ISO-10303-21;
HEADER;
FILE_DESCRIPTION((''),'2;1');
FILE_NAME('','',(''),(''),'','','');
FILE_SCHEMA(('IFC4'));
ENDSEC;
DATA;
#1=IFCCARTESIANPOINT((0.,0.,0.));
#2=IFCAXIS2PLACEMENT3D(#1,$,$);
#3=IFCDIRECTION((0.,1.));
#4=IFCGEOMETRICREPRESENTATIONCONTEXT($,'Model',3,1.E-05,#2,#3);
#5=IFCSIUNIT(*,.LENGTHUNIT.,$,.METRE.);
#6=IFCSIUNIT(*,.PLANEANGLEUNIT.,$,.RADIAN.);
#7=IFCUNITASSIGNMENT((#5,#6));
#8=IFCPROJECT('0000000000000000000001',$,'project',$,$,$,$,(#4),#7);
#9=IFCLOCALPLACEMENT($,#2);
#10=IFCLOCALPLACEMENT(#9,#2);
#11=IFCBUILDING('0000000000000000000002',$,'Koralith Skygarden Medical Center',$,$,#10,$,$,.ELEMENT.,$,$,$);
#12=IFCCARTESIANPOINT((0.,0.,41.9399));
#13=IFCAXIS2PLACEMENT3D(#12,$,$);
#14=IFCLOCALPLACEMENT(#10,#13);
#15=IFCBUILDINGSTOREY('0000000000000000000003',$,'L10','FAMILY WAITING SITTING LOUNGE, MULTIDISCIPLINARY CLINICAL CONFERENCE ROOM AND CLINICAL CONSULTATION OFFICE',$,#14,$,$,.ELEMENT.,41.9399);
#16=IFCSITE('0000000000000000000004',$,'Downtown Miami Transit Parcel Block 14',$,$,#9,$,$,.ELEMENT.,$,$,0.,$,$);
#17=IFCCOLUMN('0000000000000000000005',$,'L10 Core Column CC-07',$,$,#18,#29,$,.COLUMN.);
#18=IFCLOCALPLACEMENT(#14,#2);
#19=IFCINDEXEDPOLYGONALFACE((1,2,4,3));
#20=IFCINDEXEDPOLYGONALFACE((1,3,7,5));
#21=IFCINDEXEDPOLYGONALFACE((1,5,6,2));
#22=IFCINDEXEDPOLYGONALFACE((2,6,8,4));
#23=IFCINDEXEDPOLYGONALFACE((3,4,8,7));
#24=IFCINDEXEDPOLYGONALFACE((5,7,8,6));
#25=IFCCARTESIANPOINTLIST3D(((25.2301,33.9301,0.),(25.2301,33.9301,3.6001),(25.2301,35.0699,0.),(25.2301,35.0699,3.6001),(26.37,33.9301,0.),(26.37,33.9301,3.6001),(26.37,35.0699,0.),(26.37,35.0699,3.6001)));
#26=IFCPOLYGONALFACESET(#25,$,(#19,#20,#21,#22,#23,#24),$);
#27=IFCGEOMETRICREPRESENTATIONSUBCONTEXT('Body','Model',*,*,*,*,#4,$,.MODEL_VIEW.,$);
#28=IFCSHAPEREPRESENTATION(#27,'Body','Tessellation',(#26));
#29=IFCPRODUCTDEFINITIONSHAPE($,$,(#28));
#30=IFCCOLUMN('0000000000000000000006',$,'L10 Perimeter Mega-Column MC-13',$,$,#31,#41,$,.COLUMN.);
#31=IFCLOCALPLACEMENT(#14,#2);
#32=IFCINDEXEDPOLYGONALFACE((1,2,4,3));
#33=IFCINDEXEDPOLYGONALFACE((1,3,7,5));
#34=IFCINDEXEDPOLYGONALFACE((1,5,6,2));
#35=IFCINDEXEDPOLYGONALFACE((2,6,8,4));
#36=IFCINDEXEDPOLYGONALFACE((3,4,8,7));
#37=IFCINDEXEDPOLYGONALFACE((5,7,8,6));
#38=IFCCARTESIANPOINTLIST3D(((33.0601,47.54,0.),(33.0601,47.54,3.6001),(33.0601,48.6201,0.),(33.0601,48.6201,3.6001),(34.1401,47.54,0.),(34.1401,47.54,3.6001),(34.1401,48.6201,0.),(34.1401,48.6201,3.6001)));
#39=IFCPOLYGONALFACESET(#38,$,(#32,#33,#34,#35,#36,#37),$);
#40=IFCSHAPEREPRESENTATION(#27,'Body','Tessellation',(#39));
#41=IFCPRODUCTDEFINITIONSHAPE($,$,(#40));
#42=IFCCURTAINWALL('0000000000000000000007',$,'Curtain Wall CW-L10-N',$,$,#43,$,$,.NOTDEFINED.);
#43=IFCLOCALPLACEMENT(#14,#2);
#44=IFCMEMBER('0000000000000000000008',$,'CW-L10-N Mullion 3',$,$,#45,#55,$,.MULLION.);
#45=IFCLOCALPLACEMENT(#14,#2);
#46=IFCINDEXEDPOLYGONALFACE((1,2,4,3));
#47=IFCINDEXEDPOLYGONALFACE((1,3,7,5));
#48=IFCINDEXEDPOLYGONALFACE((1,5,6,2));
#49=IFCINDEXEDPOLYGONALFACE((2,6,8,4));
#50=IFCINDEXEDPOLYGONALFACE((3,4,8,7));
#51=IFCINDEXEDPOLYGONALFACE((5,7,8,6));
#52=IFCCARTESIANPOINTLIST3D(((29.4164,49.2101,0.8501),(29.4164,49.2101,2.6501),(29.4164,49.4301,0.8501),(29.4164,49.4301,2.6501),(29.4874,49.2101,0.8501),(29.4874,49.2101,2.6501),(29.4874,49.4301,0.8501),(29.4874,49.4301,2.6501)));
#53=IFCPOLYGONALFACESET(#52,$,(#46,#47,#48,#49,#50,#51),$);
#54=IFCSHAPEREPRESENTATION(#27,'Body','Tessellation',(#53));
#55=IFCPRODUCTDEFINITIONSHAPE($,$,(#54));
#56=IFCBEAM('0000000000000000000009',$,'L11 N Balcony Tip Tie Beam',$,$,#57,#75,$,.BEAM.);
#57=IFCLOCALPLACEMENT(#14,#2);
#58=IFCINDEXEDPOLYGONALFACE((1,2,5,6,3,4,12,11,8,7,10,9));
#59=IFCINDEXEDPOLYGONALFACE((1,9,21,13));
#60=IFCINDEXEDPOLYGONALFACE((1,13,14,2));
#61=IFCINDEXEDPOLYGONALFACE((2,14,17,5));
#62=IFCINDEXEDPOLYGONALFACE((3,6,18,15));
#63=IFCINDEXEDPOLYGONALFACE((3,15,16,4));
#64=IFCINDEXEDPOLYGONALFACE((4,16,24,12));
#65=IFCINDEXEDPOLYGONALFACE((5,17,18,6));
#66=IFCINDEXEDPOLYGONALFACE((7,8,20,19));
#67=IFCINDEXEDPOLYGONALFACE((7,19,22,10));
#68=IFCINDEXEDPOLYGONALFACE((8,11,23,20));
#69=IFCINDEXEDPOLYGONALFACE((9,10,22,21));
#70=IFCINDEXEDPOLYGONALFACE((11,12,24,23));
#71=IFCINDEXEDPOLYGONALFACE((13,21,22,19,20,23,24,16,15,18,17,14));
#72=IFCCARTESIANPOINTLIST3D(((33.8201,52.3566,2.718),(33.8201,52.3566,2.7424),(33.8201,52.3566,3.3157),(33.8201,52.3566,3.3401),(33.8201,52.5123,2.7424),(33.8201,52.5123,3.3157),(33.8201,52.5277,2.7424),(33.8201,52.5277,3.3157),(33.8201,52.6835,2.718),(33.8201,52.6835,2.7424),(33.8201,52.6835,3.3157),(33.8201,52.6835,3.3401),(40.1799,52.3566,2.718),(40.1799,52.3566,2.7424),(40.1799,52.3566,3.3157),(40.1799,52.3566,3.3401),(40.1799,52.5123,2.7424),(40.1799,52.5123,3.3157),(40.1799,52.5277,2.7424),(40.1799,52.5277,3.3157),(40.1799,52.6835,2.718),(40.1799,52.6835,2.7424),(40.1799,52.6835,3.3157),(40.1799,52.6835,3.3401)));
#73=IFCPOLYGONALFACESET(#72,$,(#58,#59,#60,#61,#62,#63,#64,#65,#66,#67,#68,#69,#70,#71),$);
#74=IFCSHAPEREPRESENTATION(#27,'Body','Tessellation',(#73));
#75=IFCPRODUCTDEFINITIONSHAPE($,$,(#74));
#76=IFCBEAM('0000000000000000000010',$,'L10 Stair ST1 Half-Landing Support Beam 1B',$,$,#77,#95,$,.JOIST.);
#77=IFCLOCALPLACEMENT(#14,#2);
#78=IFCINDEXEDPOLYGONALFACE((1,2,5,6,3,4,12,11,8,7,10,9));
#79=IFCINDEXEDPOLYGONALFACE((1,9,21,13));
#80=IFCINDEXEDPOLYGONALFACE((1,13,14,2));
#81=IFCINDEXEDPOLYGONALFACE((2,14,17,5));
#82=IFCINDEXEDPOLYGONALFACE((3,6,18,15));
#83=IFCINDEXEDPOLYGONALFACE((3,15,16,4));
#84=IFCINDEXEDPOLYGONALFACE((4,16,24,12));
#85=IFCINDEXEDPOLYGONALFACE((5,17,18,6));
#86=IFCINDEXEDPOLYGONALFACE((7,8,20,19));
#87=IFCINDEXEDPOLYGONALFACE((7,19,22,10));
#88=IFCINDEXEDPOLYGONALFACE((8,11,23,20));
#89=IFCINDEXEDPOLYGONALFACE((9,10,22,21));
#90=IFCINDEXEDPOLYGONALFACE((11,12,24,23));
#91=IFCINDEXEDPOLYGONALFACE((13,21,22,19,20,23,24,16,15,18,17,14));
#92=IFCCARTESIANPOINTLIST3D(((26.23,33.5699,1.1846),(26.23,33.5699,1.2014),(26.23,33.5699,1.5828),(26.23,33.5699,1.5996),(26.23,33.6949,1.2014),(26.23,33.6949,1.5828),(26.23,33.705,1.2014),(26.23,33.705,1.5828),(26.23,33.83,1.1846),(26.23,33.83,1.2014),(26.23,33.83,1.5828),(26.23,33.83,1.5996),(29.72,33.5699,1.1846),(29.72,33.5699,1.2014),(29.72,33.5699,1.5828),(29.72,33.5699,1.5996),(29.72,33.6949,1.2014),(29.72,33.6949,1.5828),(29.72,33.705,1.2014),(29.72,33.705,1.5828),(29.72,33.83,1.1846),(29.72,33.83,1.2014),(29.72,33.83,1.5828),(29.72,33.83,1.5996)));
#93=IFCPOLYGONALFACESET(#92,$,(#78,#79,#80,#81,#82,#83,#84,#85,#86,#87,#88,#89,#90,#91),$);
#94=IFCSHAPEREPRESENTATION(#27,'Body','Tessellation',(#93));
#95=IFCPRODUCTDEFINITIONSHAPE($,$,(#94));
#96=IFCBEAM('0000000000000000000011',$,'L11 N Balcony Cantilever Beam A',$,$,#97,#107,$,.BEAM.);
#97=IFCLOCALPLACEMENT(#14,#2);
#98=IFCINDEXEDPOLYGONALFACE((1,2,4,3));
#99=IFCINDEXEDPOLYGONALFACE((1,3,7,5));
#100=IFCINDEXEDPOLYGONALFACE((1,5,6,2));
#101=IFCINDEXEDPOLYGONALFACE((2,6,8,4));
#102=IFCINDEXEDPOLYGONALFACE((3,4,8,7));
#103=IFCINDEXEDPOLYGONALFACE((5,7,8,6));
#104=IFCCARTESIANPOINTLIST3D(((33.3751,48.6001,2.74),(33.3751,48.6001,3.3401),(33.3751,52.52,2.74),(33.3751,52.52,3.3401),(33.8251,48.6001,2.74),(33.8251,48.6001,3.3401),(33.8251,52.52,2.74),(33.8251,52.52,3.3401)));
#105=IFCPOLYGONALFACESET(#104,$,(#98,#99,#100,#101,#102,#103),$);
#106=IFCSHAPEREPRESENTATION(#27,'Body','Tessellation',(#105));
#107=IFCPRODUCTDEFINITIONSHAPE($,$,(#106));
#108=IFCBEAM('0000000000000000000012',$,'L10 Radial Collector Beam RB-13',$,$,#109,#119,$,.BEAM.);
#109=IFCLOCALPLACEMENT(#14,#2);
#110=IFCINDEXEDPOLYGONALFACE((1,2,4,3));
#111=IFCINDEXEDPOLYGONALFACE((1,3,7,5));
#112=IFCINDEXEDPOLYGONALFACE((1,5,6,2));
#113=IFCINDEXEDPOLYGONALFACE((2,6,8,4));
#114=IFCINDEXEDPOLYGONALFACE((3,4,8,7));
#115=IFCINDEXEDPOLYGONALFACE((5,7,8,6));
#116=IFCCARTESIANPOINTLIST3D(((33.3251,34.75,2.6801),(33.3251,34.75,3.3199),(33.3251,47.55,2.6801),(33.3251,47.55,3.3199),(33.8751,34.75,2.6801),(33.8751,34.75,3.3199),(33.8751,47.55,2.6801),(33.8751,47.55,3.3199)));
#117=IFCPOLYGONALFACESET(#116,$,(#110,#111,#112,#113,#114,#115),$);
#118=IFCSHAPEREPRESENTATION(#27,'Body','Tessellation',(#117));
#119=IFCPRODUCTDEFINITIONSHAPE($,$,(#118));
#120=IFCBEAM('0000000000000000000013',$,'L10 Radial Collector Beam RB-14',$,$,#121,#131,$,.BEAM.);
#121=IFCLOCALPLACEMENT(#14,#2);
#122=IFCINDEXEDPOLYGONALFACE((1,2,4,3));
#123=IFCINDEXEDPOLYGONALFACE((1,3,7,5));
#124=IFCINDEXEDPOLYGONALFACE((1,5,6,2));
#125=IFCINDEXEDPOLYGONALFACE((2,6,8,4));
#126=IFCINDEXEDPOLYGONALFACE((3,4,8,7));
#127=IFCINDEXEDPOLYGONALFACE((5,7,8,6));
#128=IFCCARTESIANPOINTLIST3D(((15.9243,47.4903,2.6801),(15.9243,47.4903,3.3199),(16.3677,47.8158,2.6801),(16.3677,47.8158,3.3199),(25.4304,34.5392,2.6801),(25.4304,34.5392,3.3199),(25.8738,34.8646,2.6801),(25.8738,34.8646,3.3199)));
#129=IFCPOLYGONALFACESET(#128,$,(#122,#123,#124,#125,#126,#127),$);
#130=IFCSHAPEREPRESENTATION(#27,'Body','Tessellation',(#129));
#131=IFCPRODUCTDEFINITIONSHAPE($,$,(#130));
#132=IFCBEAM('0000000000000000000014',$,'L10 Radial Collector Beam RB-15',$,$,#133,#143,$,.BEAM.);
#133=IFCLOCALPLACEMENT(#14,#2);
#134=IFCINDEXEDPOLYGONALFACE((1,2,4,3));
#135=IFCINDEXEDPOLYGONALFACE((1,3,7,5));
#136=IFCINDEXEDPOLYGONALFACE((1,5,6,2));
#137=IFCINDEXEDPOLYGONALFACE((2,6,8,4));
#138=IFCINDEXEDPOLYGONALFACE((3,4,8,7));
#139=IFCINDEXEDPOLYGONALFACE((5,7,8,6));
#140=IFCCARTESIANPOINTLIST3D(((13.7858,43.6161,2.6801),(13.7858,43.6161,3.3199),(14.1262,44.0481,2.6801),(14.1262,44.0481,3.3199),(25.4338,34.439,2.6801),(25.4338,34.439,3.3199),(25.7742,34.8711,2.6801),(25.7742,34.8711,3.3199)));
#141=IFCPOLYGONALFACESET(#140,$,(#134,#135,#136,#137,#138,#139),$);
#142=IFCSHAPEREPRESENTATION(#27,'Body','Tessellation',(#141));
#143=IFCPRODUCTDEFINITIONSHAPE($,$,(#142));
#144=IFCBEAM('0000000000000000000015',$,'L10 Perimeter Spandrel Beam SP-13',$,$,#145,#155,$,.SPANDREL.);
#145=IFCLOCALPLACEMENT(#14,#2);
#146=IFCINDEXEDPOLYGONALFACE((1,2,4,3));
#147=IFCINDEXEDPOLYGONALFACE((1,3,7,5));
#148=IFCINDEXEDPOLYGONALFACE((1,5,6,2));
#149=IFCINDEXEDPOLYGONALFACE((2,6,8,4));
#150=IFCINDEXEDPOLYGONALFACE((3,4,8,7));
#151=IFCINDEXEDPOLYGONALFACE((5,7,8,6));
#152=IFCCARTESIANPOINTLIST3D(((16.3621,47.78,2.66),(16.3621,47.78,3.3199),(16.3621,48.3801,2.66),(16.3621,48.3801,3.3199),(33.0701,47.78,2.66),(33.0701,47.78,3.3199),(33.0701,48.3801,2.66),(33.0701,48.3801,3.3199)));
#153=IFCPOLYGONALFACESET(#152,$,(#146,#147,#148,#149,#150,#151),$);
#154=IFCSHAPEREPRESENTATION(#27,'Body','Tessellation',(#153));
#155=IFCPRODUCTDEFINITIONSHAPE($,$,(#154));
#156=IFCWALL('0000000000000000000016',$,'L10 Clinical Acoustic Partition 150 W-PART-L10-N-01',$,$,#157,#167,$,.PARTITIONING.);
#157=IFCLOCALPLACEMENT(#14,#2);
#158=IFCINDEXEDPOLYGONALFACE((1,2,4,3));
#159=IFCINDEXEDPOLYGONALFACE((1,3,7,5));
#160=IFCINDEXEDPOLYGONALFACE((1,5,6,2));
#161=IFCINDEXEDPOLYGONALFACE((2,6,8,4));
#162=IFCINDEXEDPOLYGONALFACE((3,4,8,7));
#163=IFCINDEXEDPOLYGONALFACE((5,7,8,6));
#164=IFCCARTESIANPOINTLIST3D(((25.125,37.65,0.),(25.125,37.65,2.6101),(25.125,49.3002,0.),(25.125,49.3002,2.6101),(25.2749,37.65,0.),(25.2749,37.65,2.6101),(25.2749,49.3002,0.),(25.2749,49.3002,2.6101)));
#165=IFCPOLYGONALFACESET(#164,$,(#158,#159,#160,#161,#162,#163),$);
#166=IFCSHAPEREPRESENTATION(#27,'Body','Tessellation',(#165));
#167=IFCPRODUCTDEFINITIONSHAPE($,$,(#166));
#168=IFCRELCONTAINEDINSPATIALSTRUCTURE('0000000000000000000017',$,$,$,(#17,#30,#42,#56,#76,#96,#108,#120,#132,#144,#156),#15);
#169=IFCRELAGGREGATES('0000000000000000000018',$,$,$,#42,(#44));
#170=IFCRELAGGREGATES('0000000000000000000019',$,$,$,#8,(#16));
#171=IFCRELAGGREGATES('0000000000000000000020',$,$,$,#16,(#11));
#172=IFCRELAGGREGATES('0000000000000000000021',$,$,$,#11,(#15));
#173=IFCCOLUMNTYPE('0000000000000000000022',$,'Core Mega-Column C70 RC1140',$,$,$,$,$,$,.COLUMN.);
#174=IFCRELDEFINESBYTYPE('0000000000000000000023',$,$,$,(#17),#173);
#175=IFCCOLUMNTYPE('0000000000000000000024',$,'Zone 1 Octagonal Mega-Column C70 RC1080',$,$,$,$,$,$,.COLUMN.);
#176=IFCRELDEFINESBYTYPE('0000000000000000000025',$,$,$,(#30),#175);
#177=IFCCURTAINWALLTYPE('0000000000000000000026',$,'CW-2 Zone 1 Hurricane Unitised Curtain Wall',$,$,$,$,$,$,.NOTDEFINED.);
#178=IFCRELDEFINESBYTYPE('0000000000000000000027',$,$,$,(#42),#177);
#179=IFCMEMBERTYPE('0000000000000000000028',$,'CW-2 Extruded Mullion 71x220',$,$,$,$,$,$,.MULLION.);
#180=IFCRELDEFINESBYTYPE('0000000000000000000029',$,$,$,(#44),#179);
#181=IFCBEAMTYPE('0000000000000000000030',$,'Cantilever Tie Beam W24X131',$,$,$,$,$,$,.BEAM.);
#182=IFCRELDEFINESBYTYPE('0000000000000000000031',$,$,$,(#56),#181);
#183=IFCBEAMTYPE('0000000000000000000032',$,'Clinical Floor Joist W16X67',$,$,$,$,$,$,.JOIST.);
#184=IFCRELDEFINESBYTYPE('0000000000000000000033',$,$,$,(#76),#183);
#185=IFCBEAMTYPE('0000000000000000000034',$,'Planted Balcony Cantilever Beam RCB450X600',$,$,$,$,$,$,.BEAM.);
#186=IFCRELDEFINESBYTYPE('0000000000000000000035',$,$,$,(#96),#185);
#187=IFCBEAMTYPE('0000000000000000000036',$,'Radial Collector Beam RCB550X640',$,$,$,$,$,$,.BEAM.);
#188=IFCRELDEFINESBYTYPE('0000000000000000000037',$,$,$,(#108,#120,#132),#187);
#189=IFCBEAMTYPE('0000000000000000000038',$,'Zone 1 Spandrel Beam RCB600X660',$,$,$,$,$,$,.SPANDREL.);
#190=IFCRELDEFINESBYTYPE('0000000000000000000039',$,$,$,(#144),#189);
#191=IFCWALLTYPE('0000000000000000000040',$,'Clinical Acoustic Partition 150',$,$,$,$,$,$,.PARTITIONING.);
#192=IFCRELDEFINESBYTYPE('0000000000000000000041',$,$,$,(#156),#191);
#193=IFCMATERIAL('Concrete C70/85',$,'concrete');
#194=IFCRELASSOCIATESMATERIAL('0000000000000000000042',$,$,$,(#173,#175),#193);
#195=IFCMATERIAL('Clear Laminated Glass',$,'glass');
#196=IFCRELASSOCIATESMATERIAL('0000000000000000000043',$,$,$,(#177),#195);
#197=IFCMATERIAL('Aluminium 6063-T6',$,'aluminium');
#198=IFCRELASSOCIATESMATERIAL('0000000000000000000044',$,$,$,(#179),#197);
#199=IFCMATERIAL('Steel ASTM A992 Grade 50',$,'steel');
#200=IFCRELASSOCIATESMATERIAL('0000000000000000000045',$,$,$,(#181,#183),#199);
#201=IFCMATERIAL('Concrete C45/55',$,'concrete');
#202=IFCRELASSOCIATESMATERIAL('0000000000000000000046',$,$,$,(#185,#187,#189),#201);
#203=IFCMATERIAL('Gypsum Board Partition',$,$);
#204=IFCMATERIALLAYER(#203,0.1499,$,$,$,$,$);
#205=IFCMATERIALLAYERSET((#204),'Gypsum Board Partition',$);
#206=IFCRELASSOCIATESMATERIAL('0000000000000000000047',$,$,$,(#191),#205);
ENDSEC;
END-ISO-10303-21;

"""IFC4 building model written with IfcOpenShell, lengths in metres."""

from ifc_helpers import new_model, si_unit, direction, frame, frame_2d, origin, origin_2d, place, context, subcontext, project, spatial, rectangle, i_section, extrude, material, layer, layer_set, material_profile, profile_set, type_object, element, aggregate, save


model = new_model("IFC4")

# Units and contexts
model_context = context("Model", 3, precision=1e-05, world=origin(), true_north=direction((0.0, 1.0)))
body_context = subcontext(model_context, "Body", "Model", "MODEL_VIEW")
ifc_project = project(units=[si_unit("LENGTHUNIT", "METRE"), si_unit("PLANEANGLEUNIT", "RADIAN")], contexts=[model_context])

# Site, building, storey
site_placement = place(None, origin())
site = spatial("IfcSite", under=ifc_project, at=site_placement, Name="Downtown Miami Transit Parcel Block 14", CompositionType="ELEMENT", RefElevation=0.0)
building_placement = place(site_placement, origin())
building = spatial("IfcBuilding", under=site, at=building_placement, Name="Koralith Skygarden Medical Center", CompositionType="ELEMENT")
storey_placement = place(building_placement, frame((0.0, 0.0, 41.9399)))
storey = spatial("IfcBuildingStorey", under=building, at=storey_placement, Name="L10", Description="FAMILY WAITING SITTING LOUNGE, MULTIDISCIPLINARY CLINICAL CONFERENCE ROOM AND CLINICAL CONSULTATION OFFICE", CompositionType="ELEMENT", Elevation=41.9399)

# Columns
ifc_material_1 = material(Name="Concrete C70/85", Category="concrete")
ifc_material_profile_1 = material_profile(ifc_material_1, rectangle(XDim=1.1399, YDim=1.1399, at=origin_2d()), Name="RC1140X1140")
ifc_profile_set_1 = profile_set([ifc_material_profile_1], Name="Concrete C70/85")
column_type_1 = type_object("IfcColumnType", Name="Core Mega-Column C70 RC1140", PredefinedType="COLUMN", material=ifc_profile_set_1)
column_1_placement = place(storey_placement, frame((25.8, 34.5, 0.0), z_axis=(0.0, 0.0, 1.0), x_axis=(1.0, 0.0, 0.0)))
element("IfcColumn", 1, at=column_1_placement, inside=storey, type_object=column_type_1, Name="L10 Core Column CC-07", PredefinedType="COLUMN", context=body_context, shape_type="SweptSolid", body=[
    extrude(rectangle(XDim=1.1399, YDim=1.1399, at=origin_2d()), origin(), (0.0, 0.0, 1.0), 3.6001),
])
ifc_material_profile_2 = material_profile(ifc_material_1, rectangle(XDim=1.0801, YDim=1.0801, at=origin_2d()), Name="RC1080X1080")
ifc_profile_set_2 = profile_set([ifc_material_profile_2], Name="Concrete C70/85")
column_type_2 = type_object("IfcColumnType", Name="Zone 1 Octagonal Mega-Column C70 RC1080", PredefinedType="COLUMN", material=ifc_profile_set_2)
column_2_placement = place(storey_placement, frame((33.6001, 48.0801, 0.0), z_axis=(0.0, 0.0, 1.0), x_axis=(1.0, 0.0, 0.0)))
element("IfcColumn", 2, at=column_2_placement, inside=storey, type_object=column_type_2, Name="L10 Perimeter Mega-Column MC-13", PredefinedType="COLUMN", context=body_context, shape_type="SweptSolid", body=[
    extrude(rectangle(XDim=1.0801, YDim=1.0801, at=origin_2d()), origin(), (0.0, 0.0, 1.0), 3.6001),
])

# Curtain wall, member
ifc_material_2 = material(Name="Clear Laminated Glass", Category="glass")
curtain_wall_type = type_object("IfcCurtainWallType", Name="CW-2 Zone 1 Hurricane Unitised Curtain Wall", PredefinedType="NOTDEFINED", material=ifc_material_2)
curtain_wall_placement = place(storey_placement, origin())
curtain_wall = element("IfcCurtainWall", 3, at=curtain_wall_placement, inside=storey, type_object=curtain_wall_type, Name="Curtain Wall CW-L10-N", PredefinedType="NOTDEFINED")
ifc_material_3 = material(Name="Aluminium 6063-T6", Category="aluminium")
ifc_material_profile_3 = material_profile(ifc_material_3, rectangle(XDim=0.071, YDim=0.22, at=origin_2d()), Name="MUL71X220")
ifc_profile_set_3 = profile_set([ifc_material_profile_3], Name="Aluminium 6063-T6")
member_type = type_object("IfcMemberType", Name="CW-2 Extruded Mullion 71x220", PredefinedType="MULLION", material=ifc_profile_set_3)
member_placement = place(storey_placement, frame((29.4519, 49.3201, 0.8501), z_axis=(0.0, 0.0, 1.0), x_axis=(1.0, 0.0, 0.0)))
member = element("IfcMember", 4, at=member_placement, type_object=member_type, Name="CW-L10-N Mullion 3", PredefinedType="MULLION", context=body_context, shape_type="SweptSolid", body=[
    extrude(rectangle(XDim=0.071, YDim=0.22, at=origin_2d()), origin(), (0.0, 0.0, 1.0), 1.8),
])
aggregate(curtain_wall, [member])

# Beams
ifc_material_4 = material(Name="Steel ASTM A992 Grade 50", Category="steel")
ifc_material_profile_4 = material_profile(ifc_material_4, i_section(OverallWidth=0.3269, OverallDepth=0.6221, WebThickness=0.0154, FlangeThickness=0.0244, at=origin_2d()), Name="W24X131")
ifc_profile_set_4 = profile_set([ifc_material_profile_4], Name="Steel ASTM A992 Grade 50")
beam_type_1 = type_object("IfcBeamType", Name="Cantilever Tie Beam W24X131", PredefinedType="BEAM", material=ifc_profile_set_4)
beam_1_placement = place(storey_placement, frame((33.8201, 52.52, 3.0291), z_axis=(1.0, 0.0, 0.0), x_axis=(0.0, 1.0, 0.0)))
element("IfcBeam", 5, at=beam_1_placement, inside=storey, type_object=beam_type_1, Name="L11 N Balcony Tip Tie Beam", PredefinedType="BEAM", context=body_context, shape_type="SweptSolid", body=[
    extrude(i_section(OverallWidth=0.3269, OverallDepth=0.6221, WebThickness=0.0154, FlangeThickness=0.0244, at=origin_2d()), origin(), (0.0, 0.0, 1.0), 6.3599),
])
ifc_material_profile_5 = material_profile(ifc_material_4, i_section(OverallWidth=0.26, OverallDepth=0.415, WebThickness=0.01, FlangeThickness=0.0168, at=origin_2d()), Name="W16X67")
ifc_profile_set_5 = profile_set([ifc_material_profile_5], Name="Steel ASTM A992 Grade 50")
beam_type_2 = type_object("IfcBeamType", Name="Clinical Floor Joist W16X67", PredefinedType="JOIST", material=ifc_profile_set_5)
beam_2_placement = place(storey_placement, frame((26.23, 33.7, 1.3921), z_axis=(1.0, 0.0, 0.0), x_axis=(0.0, 1.0, 0.0)))
element("IfcBeam", 6, at=beam_2_placement, inside=storey, type_object=beam_type_2, Name="L10 Stair ST1 Half-Landing Support Beam 1B", PredefinedType="JOIST", context=body_context, shape_type="SweptSolid", body=[
    extrude(i_section(OverallWidth=0.26, OverallDepth=0.415, WebThickness=0.01, FlangeThickness=0.0168, at=origin_2d()), origin(), (0.0, 0.0, 1.0), 3.49),
])
ifc_material_5 = material(Name="Concrete C45/55", Category="concrete")
ifc_material_profile_6 = material_profile(ifc_material_5, rectangle(XDim=0.45, YDim=0.6001, at=origin_2d()), Name="RCB450X600")
ifc_profile_set_6 = profile_set([ifc_material_profile_6], Name="Concrete C45/55")
beam_type_3 = type_object("IfcBeamType", Name="Planted Balcony Cantilever Beam RCB450X600", PredefinedType="BEAM", material=ifc_profile_set_6)
beam_3_placement = place(storey_placement, frame((33.6001, 48.6001, 3.04), z_axis=(0.0, 1.0, 0.0), x_axis=(-1.0, 0.0, 0.0)))
element("IfcBeam", 7, at=beam_3_placement, inside=storey, type_object=beam_type_3, Name="L11 N Balcony Cantilever Beam A", PredefinedType="BEAM", context=body_context, shape_type="SweptSolid", body=[
    extrude(rectangle(XDim=0.45, YDim=0.6001, at=origin_2d()), origin(), (0.0, 0.0, 1.0), 3.9199),
])
ifc_material_profile_7 = material_profile(ifc_material_5, rectangle(XDim=0.55, YDim=0.6399, at=origin_2d()), Name="RCB550X640")
ifc_profile_set_7 = profile_set([ifc_material_profile_7], Name="Concrete C45/55")
beam_type_4 = type_object("IfcBeamType", Name="Radial Collector Beam RCB550X640", PredefinedType="BEAM", material=ifc_profile_set_7)
beam_4_placement = place(storey_placement, frame((33.6001, 34.75, 3.0), z_axis=(0.0, 1.0, 0.0), x_axis=(-1.0, 0.0, 0.0)))
element("IfcBeam", 8, at=beam_4_placement, inside=storey, type_object=beam_type_4, Name="L10 Radial Collector Beam RB-13", PredefinedType="BEAM", context=body_context, shape_type="SweptSolid", body=[
    extrude(rectangle(XDim=0.55, YDim=0.6399, at=origin_2d()), origin(), (0.0, 0.0, 1.0), 12.8),
])
beam_5_placement = place(storey_placement, frame((25.6521, 34.7019, 3.0), z_axis=(-0.591711, 0.80615, 0.0), x_axis=(-0.80615, -0.591711, 0.0)))
element("IfcBeam", 9, at=beam_5_placement, inside=storey, type_object=beam_type_4, Name="L10 Radial Collector Beam RB-14", PredefinedType="BEAM", context=body_context, shape_type="SweptSolid", body=[
    extrude(rectangle(XDim=0.55, YDim=0.6399, at=origin_2d()), origin(), (0.0, 0.0, 1.0), 16.0654),
])
beam_6_placement = place(storey_placement, frame((25.604, 34.655, 3.0), z_axis=(-0.785497, 0.618865, 0.0), x_axis=(-0.618865, -0.785497, 0.0)))
element("IfcBeam", 10, at=beam_6_placement, inside=storey, type_object=beam_type_4, Name="L10 Radial Collector Beam RB-15", PredefinedType="BEAM", context=body_context, shape_type="SweptSolid", body=[
    extrude(rectangle(XDim=0.55, YDim=0.6399, at=origin_2d()), origin(), (0.0, 0.0, 1.0), 14.8289),
])
ifc_material_profile_8 = material_profile(ifc_material_5, rectangle(XDim=0.6001, YDim=0.6599, at=origin_2d()), Name="RCB600X660")
ifc_profile_set_8 = profile_set([ifc_material_profile_8], Name="Concrete C45/55")
beam_type_5 = type_object("IfcBeamType", Name="Zone 1 Spandrel Beam RCB600X660", PredefinedType="SPANDREL", material=ifc_profile_set_8)
beam_7_placement = place(storey_placement, frame((33.0701, 48.0801, 2.99), z_axis=(-1.0, 0.0, 0.0), x_axis=(0.0, -1.0, 0.0)))
element("IfcBeam", 11, at=beam_7_placement, inside=storey, type_object=beam_type_5, Name="L10 Perimeter Spandrel Beam SP-13", PredefinedType="SPANDREL", context=body_context, shape_type="SweptSolid", body=[
    extrude(rectangle(XDim=0.6001, YDim=0.6599, at=origin_2d()), origin(), (0.0, 0.0, 1.0), 16.708),
])

# Wall
ifc_material_6 = material(Name="Gypsum Board Partition")
ifc_layer_1 = layer(ifc_material_6, 0.1499)
ifc_layer_set_1 = layer_set([ifc_layer_1], Name="Gypsum Board Partition")
wall_type_1 = type_object("IfcWallType", Name="Clinical Acoustic Partition 150", PredefinedType="PARTITIONING", material=ifc_layer_set_1)
wall_1_placement = place(storey_placement, frame((25.2, 37.6499, 0.0), z_axis=(0.0, 0.0, 1.0), x_axis=(0.0, 1.0, 0.0)))
element("IfcWall", 12, at=wall_1_placement, inside=storey, type_object=wall_type_1, Name="L10 Clinical Acoustic Partition 150 W-PART-L10-N-01", PredefinedType="PARTITIONING", context=body_context, shape_type="SweptSolid", body=[
    extrude(rectangle(XDim=11.6501, YDim=0.1499, at=frame_2d((5.8252, 0.0))), origin(), (0.0, 0.0, 1.0), 2.6101),
])

save(model, "model.ifc")
